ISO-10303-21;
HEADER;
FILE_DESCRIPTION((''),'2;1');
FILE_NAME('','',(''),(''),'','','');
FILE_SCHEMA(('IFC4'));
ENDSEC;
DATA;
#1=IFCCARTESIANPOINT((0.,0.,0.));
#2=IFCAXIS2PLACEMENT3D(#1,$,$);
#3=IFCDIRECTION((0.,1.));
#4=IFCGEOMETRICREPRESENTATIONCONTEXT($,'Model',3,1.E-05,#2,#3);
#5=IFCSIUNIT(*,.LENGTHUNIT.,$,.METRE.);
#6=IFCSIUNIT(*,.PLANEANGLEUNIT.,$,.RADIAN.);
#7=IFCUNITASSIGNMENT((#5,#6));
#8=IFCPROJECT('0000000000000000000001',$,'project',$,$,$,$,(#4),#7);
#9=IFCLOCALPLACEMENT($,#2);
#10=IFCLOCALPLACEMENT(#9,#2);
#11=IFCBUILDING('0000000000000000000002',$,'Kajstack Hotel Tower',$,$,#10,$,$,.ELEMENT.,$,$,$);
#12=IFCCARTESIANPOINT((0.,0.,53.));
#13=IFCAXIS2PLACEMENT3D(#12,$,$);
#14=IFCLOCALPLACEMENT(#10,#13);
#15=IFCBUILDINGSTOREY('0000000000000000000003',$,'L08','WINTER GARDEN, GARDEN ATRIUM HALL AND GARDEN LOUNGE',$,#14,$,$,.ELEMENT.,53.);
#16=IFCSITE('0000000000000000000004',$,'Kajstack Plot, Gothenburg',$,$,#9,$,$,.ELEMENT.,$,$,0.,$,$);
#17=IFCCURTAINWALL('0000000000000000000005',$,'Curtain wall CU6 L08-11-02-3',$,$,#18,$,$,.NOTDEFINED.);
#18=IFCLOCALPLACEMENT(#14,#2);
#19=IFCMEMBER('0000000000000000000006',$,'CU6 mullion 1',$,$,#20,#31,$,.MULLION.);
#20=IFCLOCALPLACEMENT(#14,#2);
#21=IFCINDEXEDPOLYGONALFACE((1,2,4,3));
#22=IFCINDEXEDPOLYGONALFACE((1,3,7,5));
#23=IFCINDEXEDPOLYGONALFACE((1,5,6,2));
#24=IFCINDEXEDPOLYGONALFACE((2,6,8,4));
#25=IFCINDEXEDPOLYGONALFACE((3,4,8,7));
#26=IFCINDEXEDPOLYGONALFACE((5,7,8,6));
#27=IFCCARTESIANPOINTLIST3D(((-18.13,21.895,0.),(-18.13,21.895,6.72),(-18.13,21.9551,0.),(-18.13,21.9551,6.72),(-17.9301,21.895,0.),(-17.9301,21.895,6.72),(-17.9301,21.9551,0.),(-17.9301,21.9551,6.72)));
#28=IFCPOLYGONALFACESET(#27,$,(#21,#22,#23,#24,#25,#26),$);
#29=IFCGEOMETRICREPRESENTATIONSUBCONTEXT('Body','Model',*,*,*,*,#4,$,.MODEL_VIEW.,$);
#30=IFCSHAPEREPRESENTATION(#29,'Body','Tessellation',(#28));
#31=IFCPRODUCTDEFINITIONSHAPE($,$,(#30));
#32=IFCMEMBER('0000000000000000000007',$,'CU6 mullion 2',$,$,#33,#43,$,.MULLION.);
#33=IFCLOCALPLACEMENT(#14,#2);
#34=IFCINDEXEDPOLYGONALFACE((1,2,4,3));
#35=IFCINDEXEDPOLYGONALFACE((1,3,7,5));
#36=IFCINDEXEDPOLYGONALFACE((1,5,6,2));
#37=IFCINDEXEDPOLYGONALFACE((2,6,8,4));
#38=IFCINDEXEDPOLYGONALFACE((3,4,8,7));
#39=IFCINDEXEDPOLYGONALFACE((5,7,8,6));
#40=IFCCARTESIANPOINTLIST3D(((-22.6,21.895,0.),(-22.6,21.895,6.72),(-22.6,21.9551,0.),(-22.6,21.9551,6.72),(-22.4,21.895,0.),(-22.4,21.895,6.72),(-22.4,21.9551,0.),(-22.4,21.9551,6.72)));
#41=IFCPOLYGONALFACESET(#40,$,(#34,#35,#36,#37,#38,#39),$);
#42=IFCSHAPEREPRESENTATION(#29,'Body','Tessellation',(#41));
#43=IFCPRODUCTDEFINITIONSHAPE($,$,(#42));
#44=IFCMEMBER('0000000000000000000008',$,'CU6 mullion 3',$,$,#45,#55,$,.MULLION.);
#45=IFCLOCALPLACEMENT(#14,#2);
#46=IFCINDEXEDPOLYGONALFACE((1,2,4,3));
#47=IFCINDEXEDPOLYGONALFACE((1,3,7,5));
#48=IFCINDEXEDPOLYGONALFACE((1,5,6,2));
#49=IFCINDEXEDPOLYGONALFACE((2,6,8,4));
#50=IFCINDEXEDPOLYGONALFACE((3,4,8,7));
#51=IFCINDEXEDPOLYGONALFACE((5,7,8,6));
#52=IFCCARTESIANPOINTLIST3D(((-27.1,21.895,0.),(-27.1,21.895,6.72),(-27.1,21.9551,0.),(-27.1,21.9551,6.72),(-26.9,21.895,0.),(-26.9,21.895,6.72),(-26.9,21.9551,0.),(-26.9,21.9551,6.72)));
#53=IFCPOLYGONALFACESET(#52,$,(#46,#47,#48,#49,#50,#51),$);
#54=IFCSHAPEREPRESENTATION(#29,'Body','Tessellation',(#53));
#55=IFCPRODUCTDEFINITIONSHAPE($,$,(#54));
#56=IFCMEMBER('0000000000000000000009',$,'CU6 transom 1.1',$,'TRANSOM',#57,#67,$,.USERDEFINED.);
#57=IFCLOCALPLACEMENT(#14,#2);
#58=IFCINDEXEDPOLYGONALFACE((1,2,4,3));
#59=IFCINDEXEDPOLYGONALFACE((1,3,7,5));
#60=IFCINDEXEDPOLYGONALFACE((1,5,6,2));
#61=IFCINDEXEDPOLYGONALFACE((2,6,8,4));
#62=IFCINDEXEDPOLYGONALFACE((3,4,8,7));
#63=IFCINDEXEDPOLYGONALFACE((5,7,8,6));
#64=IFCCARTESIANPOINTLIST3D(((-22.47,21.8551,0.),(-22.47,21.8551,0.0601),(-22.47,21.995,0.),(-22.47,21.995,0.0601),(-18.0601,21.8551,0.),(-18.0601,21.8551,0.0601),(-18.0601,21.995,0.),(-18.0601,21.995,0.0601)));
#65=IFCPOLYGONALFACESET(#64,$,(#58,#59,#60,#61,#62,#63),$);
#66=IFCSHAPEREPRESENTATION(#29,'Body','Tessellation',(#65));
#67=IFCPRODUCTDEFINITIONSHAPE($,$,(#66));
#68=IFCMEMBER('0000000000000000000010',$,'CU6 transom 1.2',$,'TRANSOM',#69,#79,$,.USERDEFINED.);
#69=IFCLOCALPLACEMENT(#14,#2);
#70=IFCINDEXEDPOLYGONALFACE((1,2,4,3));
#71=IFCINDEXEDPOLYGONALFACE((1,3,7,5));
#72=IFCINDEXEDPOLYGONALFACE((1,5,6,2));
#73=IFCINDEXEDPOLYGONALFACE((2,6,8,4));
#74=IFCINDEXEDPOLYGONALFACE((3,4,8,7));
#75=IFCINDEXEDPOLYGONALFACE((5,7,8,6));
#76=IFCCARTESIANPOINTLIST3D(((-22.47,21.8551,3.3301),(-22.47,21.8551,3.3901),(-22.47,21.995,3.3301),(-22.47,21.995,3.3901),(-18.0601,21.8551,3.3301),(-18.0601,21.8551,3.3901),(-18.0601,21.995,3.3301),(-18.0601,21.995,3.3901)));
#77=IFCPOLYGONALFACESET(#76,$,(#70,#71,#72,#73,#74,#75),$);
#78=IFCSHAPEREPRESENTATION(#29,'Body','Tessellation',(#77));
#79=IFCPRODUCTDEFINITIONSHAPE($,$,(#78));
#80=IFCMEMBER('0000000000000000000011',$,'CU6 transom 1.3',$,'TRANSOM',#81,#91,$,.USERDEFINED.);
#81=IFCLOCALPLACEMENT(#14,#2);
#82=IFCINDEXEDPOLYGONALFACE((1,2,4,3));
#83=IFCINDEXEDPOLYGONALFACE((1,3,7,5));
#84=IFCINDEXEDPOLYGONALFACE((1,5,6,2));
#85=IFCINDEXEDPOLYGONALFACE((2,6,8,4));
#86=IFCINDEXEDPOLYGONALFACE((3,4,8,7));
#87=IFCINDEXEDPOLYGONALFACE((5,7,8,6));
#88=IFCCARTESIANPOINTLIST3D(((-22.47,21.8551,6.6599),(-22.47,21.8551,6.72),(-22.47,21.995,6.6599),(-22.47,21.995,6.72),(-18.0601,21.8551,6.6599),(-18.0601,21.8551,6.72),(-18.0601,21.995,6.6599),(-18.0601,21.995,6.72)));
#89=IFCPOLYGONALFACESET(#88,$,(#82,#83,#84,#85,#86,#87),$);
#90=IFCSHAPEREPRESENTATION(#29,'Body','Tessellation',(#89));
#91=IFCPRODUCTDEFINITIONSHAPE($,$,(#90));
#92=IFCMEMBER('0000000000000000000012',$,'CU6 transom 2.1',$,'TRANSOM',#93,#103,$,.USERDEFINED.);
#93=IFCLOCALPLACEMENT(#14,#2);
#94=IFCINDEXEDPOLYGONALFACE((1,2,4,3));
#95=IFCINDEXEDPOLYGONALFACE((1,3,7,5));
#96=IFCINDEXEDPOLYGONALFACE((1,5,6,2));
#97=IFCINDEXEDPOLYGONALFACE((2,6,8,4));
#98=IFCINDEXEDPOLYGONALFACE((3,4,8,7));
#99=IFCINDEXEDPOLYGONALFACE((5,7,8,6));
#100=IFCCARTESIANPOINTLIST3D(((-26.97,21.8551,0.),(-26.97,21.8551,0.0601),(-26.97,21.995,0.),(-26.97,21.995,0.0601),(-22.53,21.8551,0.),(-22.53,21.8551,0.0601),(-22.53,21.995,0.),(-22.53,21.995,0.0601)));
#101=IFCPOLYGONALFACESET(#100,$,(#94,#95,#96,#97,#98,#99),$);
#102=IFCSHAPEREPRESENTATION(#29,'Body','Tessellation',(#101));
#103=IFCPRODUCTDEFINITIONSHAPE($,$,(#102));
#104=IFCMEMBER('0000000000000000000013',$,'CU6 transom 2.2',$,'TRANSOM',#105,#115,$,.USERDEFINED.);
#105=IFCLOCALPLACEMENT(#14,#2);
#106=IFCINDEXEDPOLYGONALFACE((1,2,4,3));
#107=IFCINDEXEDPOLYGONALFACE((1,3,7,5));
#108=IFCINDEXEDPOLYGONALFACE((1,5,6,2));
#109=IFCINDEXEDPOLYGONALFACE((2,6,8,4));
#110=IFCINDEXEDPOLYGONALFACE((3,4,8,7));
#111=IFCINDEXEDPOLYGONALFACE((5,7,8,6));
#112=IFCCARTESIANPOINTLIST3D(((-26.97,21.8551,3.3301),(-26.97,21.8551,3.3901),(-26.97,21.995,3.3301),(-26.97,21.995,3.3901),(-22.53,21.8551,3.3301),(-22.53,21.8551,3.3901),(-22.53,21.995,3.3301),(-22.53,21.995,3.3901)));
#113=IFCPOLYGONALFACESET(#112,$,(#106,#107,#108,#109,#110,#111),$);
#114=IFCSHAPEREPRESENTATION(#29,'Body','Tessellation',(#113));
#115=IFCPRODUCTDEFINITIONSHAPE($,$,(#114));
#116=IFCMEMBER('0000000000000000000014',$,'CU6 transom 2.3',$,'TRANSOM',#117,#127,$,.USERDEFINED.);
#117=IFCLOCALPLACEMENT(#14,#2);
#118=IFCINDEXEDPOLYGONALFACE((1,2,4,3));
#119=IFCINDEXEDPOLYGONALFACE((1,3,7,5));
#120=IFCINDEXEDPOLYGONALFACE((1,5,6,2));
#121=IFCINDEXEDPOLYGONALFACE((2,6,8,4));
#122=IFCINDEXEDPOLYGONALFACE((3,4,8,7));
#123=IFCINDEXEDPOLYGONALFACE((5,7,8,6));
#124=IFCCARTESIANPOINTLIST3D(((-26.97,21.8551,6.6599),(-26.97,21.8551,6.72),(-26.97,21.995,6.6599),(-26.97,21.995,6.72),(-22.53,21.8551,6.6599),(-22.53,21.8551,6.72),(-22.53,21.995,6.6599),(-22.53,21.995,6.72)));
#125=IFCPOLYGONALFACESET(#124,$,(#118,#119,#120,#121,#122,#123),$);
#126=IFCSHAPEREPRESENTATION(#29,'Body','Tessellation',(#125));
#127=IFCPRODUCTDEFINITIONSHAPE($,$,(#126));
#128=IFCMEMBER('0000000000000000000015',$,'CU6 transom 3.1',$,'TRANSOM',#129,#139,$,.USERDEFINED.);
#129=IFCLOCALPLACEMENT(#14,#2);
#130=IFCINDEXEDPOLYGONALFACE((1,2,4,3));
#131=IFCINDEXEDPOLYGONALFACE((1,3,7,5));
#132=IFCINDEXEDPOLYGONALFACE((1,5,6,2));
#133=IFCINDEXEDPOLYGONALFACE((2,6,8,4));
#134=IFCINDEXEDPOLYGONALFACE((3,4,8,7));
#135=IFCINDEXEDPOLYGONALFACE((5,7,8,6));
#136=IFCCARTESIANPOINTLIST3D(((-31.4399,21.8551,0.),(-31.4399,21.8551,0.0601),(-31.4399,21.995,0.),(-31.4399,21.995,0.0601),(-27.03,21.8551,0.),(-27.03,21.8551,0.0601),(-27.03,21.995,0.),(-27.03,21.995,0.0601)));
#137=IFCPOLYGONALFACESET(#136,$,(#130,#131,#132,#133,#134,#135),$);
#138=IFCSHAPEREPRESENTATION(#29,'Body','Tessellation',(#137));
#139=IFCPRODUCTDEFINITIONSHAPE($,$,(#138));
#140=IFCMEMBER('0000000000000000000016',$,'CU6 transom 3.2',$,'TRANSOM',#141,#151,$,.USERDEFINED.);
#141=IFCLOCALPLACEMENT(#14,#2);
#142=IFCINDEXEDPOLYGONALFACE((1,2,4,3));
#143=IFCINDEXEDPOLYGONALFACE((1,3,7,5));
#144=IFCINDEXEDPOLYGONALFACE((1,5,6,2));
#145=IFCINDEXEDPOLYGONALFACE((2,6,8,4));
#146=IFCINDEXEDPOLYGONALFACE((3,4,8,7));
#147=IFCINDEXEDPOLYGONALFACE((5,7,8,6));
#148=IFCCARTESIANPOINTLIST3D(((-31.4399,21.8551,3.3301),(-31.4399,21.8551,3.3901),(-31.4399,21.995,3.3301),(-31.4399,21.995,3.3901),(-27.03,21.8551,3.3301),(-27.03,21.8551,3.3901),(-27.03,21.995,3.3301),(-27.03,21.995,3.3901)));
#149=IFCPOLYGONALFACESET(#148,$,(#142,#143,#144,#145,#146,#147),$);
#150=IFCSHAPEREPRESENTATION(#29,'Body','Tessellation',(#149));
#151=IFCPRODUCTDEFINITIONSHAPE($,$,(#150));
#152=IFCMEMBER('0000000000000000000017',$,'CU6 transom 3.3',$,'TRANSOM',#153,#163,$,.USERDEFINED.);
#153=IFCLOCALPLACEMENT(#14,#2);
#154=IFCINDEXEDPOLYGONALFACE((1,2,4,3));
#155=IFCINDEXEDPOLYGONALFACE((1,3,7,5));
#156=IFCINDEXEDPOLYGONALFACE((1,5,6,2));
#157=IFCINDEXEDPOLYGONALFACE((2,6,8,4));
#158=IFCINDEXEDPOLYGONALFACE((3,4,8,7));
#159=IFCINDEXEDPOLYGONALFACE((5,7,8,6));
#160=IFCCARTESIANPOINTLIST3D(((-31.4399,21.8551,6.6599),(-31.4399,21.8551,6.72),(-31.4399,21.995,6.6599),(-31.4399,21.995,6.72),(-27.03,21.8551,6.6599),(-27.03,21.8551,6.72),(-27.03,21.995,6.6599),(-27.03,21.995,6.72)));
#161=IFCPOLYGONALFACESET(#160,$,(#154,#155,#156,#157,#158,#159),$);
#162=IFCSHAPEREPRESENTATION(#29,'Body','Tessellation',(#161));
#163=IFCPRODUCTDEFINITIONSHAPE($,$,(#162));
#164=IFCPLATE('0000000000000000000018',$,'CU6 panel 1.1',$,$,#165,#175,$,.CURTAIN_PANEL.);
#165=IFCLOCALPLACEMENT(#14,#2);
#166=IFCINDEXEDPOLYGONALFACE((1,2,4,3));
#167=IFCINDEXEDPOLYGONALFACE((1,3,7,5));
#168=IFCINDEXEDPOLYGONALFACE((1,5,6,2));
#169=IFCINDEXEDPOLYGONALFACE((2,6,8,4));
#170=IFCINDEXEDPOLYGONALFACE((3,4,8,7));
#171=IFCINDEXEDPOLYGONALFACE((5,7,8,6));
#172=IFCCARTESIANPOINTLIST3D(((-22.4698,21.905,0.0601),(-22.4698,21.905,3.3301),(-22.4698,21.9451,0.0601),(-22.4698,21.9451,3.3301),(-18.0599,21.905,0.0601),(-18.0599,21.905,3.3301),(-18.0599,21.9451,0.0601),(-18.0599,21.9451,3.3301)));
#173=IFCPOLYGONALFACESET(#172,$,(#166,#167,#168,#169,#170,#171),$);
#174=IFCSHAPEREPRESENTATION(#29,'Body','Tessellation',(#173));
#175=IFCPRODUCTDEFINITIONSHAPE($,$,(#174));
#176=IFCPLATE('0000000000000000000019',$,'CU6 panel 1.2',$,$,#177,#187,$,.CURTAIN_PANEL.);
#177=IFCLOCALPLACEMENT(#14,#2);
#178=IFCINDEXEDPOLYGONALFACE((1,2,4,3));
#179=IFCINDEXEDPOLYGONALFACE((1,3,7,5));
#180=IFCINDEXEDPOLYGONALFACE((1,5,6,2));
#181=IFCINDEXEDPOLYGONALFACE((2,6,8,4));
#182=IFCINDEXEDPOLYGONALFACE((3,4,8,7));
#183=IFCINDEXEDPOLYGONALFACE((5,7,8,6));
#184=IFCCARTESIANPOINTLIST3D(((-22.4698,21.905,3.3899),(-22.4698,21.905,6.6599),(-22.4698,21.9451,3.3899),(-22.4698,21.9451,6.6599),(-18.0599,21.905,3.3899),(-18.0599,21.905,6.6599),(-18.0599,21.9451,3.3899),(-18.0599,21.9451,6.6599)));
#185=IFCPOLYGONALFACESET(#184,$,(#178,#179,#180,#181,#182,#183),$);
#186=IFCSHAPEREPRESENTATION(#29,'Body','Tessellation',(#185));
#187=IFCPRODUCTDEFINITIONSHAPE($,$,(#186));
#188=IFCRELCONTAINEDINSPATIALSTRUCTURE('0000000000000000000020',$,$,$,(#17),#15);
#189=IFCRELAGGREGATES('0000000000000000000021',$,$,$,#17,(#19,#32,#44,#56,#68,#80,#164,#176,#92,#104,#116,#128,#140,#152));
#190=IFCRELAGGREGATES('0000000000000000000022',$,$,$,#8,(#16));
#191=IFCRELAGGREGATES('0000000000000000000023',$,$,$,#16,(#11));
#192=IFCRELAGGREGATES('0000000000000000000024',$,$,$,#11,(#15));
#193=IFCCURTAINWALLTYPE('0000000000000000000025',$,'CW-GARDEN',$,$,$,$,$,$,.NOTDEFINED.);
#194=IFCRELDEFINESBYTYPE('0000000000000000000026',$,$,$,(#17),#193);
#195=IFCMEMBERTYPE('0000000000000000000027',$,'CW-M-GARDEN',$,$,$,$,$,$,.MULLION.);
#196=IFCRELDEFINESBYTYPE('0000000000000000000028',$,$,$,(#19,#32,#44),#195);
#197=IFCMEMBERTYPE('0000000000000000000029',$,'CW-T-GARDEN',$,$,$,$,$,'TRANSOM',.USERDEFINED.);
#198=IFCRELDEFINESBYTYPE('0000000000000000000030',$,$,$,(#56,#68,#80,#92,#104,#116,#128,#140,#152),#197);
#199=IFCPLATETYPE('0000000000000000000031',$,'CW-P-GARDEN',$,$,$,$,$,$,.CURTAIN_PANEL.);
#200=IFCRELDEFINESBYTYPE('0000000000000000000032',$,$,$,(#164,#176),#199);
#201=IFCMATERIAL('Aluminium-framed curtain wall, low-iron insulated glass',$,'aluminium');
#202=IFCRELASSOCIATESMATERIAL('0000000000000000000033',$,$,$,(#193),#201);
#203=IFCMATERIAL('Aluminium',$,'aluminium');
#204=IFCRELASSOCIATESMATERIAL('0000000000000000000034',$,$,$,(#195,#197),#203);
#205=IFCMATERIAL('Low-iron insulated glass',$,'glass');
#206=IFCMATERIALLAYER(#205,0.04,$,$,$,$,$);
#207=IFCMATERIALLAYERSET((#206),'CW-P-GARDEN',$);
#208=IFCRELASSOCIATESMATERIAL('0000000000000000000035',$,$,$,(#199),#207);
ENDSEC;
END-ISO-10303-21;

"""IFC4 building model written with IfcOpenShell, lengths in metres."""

from ifc_helpers import new_model, si_unit, direction, frame, origin, origin_2d, place, context, subcontext, project, spatial, rectangle, extrude, material, layer, layer_set, material_profile, profile_set, type_object, element, aggregate, save


model = new_model("IFC4")

# Units and contexts
model_context = context("Model", 3, precision=1e-05, world=origin(), true_north=direction((0.0, 1.0)))
body_context = subcontext(model_context, "Body", "Model", "MODEL_VIEW")
ifc_project = project(units=[si_unit("LENGTHUNIT", "METRE"), si_unit("PLANEANGLEUNIT", "RADIAN")], contexts=[model_context])

# Site, building, storey
site_placement = place(None, origin())
site = spatial("IfcSite", under=ifc_project, at=site_placement, Name="Kajstack Plot, Gothenburg", CompositionType="ELEMENT", RefElevation=0.0)
building_placement = place(site_placement, origin())
building = spatial("IfcBuilding", under=site, at=building_placement, Name="Kajstack Hotel Tower", CompositionType="ELEMENT")
storey_placement = place(building_placement, frame((0.0, 0.0, 53.0)))
storey = spatial("IfcBuildingStorey", under=building, at=storey_placement, Name="L08", Description="WINTER GARDEN, GARDEN ATRIUM HALL AND GARDEN LOUNGE", CompositionType="ELEMENT", Elevation=53.0)

# Curtain wall, members, plates
ifc_material_1 = material(Name="Aluminium-framed curtain wall, low-iron insulated glass", Category="aluminium")
curtain_wall_type = type_object("IfcCurtainWallType", Name="CW-GARDEN", PredefinedType="NOTDEFINED", material=ifc_material_1)
curtain_wall_placement = place(storey_placement, origin())
curtain_wall = element("IfcCurtainWall", 1, at=curtain_wall_placement, inside=storey, type_object=curtain_wall_type, Name="Curtain wall CU6 L08-11-02-3", PredefinedType="NOTDEFINED")
ifc_material_2 = material(Name="Aluminium", Category="aluminium")
ifc_material_profile_1 = material_profile(ifc_material_2, rectangle(XDim=0.0601, YDim=0.2, at=origin_2d()), Name="Aluminium mullion 60 x 200")
ifc_profile_set_1 = profile_set([ifc_material_profile_1], Name="Aluminium")
member_type_1 = type_object("IfcMemberType", Name="CW-M-GARDEN", PredefinedType="MULLION", material=ifc_profile_set_1)
member_1_placement = place(storey_placement, frame((-18.03, 21.925, 0.0), z_axis=(0.0, 0.0, 1.0), x_axis=(0.0, -1.0, 0.0)))
member_1 = element("IfcMember", 2, at=member_1_placement, type_object=member_type_1, Name="CU6 mullion 1", PredefinedType="MULLION", context=body_context, shape_type="SweptSolid", body=[
    extrude(rectangle(XDim=0.0601, YDim=0.2, at=origin_2d()), origin(), (0.0, 0.0, 1.0), 6.72),
])
member_2_placement = place(storey_placement, frame((-22.5, 21.925, 0.0), z_axis=(0.0, 0.0, 1.0), x_axis=(0.0, -1.0, 0.0)))
member_2 = element("IfcMember", 3, at=member_2_placement, type_object=member_type_1, Name="CU6 mullion 2", PredefinedType="MULLION", context=body_context, shape_type="SweptSolid", body=[
    extrude(rectangle(XDim=0.0601, YDim=0.2, at=origin_2d()), origin(), (0.0, 0.0, 1.0), 6.72),
])
member_3_placement = place(storey_placement, frame((-27.0, 21.925, 0.0), z_axis=(0.0, 0.0, 1.0), x_axis=(0.0, -1.0, 0.0)))
member_3 = element("IfcMember", 4, at=member_3_placement, type_object=member_type_1, Name="CU6 mullion 3", PredefinedType="MULLION", context=body_context, shape_type="SweptSolid", body=[
    extrude(rectangle(XDim=0.0601, YDim=0.2, at=origin_2d()), origin(), (0.0, 0.0, 1.0), 6.72),
])
ifc_material_profile_2 = material_profile(ifc_material_2, rectangle(XDim=0.1399, YDim=0.0601, at=origin_2d()), Name="Aluminium transom 140 x 60")
ifc_profile_set_2 = profile_set([ifc_material_profile_2], Name="Aluminium")
member_type_2 = type_object("IfcMemberType", Name="CW-T-GARDEN", ElementType="TRANSOM", PredefinedType="USERDEFINED", material=ifc_profile_set_2)
member_4_placement = place(storey_placement, frame((-18.0601, 21.925, 0.03), z_axis=(-1.0, 0.0, 0.0), x_axis=(0.0, -1.0, 0.0)))
member_4 = element("IfcMember", 5, at=member_4_placement, type_object=member_type_2, Name="CU6 transom 1.1", ObjectType="TRANSOM", PredefinedType="USERDEFINED", context=body_context, shape_type="SweptSolid", body=[
    extrude(rectangle(XDim=0.1399, YDim=0.0601, at=origin_2d()), origin(), (0.0, 0.0, 1.0), 4.4099),
])
member_5_placement = place(storey_placement, frame((-18.0601, 21.925, 3.3601), z_axis=(-1.0, 0.0, 0.0), x_axis=(0.0, -1.0, 0.0)))
member_5 = element("IfcMember", 6, at=member_5_placement, type_object=member_type_2, Name="CU6 transom 1.2", ObjectType="TRANSOM", PredefinedType="USERDEFINED", context=body_context, shape_type="SweptSolid", body=[
    extrude(rectangle(XDim=0.1399, YDim=0.0601, at=origin_2d()), origin(), (0.0, 0.0, 1.0), 4.4099),
])
member_6_placement = place(storey_placement, frame((-18.0601, 21.925, 6.6899), z_axis=(-1.0, 0.0, 0.0), x_axis=(0.0, -1.0, 0.0)))
member_6 = element("IfcMember", 7, at=member_6_placement, type_object=member_type_2, Name="CU6 transom 1.3", ObjectType="TRANSOM", PredefinedType="USERDEFINED", context=body_context, shape_type="SweptSolid", body=[
    extrude(rectangle(XDim=0.1399, YDim=0.0601, at=origin_2d()), origin(), (0.0, 0.0, 1.0), 4.4099),
])
member_7_placement = place(storey_placement, frame((-22.53, 21.925, 0.03), z_axis=(-1.0, 0.0, 0.0), x_axis=(0.0, -1.0, 0.0)))
member_7 = element("IfcMember", 8, at=member_7_placement, type_object=member_type_2, Name="CU6 transom 2.1", ObjectType="TRANSOM", PredefinedType="USERDEFINED", context=body_context, shape_type="SweptSolid", body=[
    extrude(rectangle(XDim=0.1399, YDim=0.0601, at=origin_2d()), origin(), (0.0, 0.0, 1.0), 4.4399),
])
member_8_placement = place(storey_placement, frame((-22.53, 21.925, 3.3601), z_axis=(-1.0, 0.0, 0.0), x_axis=(0.0, -1.0, 0.0)))
member_8 = element("IfcMember", 9, at=member_8_placement, type_object=member_type_2, Name="CU6 transom 2.2", ObjectType="TRANSOM", PredefinedType="USERDEFINED", context=body_context, shape_type="SweptSolid", body=[
    extrude(rectangle(XDim=0.1399, YDim=0.0601, at=origin_2d()), origin(), (0.0, 0.0, 1.0), 4.4399),
])
member_9_placement = place(storey_placement, frame((-22.53, 21.925, 6.6899), z_axis=(-1.0, 0.0, 0.0), x_axis=(0.0, -1.0, 0.0)))
member_9 = element("IfcMember", 10, at=member_9_placement, type_object=member_type_2, Name="CU6 transom 2.3", ObjectType="TRANSOM", PredefinedType="USERDEFINED", context=body_context, shape_type="SweptSolid", body=[
    extrude(rectangle(XDim=0.1399, YDim=0.0601, at=origin_2d()), origin(), (0.0, 0.0, 1.0), 4.4399),
])
member_10_placement = place(storey_placement, frame((-27.03, 21.925, 0.03), z_axis=(-1.0, 0.0, 0.0), x_axis=(0.0, -1.0, 0.0)))
member_10 = element("IfcMember", 11, at=member_10_placement, type_object=member_type_2, Name="CU6 transom 3.1", ObjectType="TRANSOM", PredefinedType="USERDEFINED", context=body_context, shape_type="SweptSolid", body=[
    extrude(rectangle(XDim=0.1399, YDim=0.0601, at=origin_2d()), origin(), (0.0, 0.0, 1.0), 4.4099),
])
member_11_placement = place(storey_placement, frame((-27.03, 21.925, 3.3601), z_axis=(-1.0, 0.0, 0.0), x_axis=(0.0, -1.0, 0.0)))
member_11 = element("IfcMember", 12, at=member_11_placement, type_object=member_type_2, Name="CU6 transom 3.2", ObjectType="TRANSOM", PredefinedType="USERDEFINED", context=body_context, shape_type="SweptSolid", body=[
    extrude(rectangle(XDim=0.1399, YDim=0.0601, at=origin_2d()), origin(), (0.0, 0.0, 1.0), 4.4099),
])
member_12_placement = place(storey_placement, frame((-27.03, 21.925, 6.6899), z_axis=(-1.0, 0.0, 0.0), x_axis=(0.0, -1.0, 0.0)))
member_12 = element("IfcMember", 13, at=member_12_placement, type_object=member_type_2, Name="CU6 transom 3.3", ObjectType="TRANSOM", PredefinedType="USERDEFINED", context=body_context, shape_type="SweptSolid", body=[
    extrude(rectangle(XDim=0.1399, YDim=0.0601, at=origin_2d()), origin(), (0.0, 0.0, 1.0), 4.4099),
])
ifc_material_3 = material(Name="Low-iron insulated glass", Category="glass")
ifc_layer = layer(ifc_material_3, 0.04)
ifc_layer_set = layer_set([ifc_layer], Name="CW-P-GARDEN")
plate_type = type_object("IfcPlateType", Name="CW-P-GARDEN", PredefinedType="CURTAIN_PANEL", material=ifc_layer_set)
plate_1_placement = place(storey_placement, frame((-20.2649, 21.925, 0.0601), z_axis=(0.0, 0.0, 1.0), x_axis=(-1.0, 0.0, 0.0)))
plate_1 = element("IfcPlate", 14, at=plate_1_placement, type_object=plate_type, Name="CU6 panel 1.1", PredefinedType="CURTAIN_PANEL", context=body_context, shape_type="SweptSolid", body=[
    extrude(rectangle(XDim=4.4099, YDim=0.04, at=origin_2d()), origin(), (0.0, 0.0, 1.0), 3.27),
])
plate_2_placement = place(storey_placement, frame((-20.2649, 21.925, 3.3899), z_axis=(0.0, 0.0, 1.0), x_axis=(-1.0, 0.0, 0.0)))
plate_2 = element("IfcPlate", 15, at=plate_2_placement, type_object=plate_type, Name="CU6 panel 1.2", PredefinedType="CURTAIN_PANEL", context=body_context, shape_type="SweptSolid", body=[
    extrude(rectangle(XDim=4.4099, YDim=0.04, at=origin_2d()), origin(), (0.0, 0.0, 1.0), 3.27),
])
aggregate(curtain_wall, [member_1, member_2, member_3, member_4, member_5, member_6, plate_1, plate_2, member_7, member_8, member_9, member_10, member_11, member_12])

save(model, "model.ifc")
